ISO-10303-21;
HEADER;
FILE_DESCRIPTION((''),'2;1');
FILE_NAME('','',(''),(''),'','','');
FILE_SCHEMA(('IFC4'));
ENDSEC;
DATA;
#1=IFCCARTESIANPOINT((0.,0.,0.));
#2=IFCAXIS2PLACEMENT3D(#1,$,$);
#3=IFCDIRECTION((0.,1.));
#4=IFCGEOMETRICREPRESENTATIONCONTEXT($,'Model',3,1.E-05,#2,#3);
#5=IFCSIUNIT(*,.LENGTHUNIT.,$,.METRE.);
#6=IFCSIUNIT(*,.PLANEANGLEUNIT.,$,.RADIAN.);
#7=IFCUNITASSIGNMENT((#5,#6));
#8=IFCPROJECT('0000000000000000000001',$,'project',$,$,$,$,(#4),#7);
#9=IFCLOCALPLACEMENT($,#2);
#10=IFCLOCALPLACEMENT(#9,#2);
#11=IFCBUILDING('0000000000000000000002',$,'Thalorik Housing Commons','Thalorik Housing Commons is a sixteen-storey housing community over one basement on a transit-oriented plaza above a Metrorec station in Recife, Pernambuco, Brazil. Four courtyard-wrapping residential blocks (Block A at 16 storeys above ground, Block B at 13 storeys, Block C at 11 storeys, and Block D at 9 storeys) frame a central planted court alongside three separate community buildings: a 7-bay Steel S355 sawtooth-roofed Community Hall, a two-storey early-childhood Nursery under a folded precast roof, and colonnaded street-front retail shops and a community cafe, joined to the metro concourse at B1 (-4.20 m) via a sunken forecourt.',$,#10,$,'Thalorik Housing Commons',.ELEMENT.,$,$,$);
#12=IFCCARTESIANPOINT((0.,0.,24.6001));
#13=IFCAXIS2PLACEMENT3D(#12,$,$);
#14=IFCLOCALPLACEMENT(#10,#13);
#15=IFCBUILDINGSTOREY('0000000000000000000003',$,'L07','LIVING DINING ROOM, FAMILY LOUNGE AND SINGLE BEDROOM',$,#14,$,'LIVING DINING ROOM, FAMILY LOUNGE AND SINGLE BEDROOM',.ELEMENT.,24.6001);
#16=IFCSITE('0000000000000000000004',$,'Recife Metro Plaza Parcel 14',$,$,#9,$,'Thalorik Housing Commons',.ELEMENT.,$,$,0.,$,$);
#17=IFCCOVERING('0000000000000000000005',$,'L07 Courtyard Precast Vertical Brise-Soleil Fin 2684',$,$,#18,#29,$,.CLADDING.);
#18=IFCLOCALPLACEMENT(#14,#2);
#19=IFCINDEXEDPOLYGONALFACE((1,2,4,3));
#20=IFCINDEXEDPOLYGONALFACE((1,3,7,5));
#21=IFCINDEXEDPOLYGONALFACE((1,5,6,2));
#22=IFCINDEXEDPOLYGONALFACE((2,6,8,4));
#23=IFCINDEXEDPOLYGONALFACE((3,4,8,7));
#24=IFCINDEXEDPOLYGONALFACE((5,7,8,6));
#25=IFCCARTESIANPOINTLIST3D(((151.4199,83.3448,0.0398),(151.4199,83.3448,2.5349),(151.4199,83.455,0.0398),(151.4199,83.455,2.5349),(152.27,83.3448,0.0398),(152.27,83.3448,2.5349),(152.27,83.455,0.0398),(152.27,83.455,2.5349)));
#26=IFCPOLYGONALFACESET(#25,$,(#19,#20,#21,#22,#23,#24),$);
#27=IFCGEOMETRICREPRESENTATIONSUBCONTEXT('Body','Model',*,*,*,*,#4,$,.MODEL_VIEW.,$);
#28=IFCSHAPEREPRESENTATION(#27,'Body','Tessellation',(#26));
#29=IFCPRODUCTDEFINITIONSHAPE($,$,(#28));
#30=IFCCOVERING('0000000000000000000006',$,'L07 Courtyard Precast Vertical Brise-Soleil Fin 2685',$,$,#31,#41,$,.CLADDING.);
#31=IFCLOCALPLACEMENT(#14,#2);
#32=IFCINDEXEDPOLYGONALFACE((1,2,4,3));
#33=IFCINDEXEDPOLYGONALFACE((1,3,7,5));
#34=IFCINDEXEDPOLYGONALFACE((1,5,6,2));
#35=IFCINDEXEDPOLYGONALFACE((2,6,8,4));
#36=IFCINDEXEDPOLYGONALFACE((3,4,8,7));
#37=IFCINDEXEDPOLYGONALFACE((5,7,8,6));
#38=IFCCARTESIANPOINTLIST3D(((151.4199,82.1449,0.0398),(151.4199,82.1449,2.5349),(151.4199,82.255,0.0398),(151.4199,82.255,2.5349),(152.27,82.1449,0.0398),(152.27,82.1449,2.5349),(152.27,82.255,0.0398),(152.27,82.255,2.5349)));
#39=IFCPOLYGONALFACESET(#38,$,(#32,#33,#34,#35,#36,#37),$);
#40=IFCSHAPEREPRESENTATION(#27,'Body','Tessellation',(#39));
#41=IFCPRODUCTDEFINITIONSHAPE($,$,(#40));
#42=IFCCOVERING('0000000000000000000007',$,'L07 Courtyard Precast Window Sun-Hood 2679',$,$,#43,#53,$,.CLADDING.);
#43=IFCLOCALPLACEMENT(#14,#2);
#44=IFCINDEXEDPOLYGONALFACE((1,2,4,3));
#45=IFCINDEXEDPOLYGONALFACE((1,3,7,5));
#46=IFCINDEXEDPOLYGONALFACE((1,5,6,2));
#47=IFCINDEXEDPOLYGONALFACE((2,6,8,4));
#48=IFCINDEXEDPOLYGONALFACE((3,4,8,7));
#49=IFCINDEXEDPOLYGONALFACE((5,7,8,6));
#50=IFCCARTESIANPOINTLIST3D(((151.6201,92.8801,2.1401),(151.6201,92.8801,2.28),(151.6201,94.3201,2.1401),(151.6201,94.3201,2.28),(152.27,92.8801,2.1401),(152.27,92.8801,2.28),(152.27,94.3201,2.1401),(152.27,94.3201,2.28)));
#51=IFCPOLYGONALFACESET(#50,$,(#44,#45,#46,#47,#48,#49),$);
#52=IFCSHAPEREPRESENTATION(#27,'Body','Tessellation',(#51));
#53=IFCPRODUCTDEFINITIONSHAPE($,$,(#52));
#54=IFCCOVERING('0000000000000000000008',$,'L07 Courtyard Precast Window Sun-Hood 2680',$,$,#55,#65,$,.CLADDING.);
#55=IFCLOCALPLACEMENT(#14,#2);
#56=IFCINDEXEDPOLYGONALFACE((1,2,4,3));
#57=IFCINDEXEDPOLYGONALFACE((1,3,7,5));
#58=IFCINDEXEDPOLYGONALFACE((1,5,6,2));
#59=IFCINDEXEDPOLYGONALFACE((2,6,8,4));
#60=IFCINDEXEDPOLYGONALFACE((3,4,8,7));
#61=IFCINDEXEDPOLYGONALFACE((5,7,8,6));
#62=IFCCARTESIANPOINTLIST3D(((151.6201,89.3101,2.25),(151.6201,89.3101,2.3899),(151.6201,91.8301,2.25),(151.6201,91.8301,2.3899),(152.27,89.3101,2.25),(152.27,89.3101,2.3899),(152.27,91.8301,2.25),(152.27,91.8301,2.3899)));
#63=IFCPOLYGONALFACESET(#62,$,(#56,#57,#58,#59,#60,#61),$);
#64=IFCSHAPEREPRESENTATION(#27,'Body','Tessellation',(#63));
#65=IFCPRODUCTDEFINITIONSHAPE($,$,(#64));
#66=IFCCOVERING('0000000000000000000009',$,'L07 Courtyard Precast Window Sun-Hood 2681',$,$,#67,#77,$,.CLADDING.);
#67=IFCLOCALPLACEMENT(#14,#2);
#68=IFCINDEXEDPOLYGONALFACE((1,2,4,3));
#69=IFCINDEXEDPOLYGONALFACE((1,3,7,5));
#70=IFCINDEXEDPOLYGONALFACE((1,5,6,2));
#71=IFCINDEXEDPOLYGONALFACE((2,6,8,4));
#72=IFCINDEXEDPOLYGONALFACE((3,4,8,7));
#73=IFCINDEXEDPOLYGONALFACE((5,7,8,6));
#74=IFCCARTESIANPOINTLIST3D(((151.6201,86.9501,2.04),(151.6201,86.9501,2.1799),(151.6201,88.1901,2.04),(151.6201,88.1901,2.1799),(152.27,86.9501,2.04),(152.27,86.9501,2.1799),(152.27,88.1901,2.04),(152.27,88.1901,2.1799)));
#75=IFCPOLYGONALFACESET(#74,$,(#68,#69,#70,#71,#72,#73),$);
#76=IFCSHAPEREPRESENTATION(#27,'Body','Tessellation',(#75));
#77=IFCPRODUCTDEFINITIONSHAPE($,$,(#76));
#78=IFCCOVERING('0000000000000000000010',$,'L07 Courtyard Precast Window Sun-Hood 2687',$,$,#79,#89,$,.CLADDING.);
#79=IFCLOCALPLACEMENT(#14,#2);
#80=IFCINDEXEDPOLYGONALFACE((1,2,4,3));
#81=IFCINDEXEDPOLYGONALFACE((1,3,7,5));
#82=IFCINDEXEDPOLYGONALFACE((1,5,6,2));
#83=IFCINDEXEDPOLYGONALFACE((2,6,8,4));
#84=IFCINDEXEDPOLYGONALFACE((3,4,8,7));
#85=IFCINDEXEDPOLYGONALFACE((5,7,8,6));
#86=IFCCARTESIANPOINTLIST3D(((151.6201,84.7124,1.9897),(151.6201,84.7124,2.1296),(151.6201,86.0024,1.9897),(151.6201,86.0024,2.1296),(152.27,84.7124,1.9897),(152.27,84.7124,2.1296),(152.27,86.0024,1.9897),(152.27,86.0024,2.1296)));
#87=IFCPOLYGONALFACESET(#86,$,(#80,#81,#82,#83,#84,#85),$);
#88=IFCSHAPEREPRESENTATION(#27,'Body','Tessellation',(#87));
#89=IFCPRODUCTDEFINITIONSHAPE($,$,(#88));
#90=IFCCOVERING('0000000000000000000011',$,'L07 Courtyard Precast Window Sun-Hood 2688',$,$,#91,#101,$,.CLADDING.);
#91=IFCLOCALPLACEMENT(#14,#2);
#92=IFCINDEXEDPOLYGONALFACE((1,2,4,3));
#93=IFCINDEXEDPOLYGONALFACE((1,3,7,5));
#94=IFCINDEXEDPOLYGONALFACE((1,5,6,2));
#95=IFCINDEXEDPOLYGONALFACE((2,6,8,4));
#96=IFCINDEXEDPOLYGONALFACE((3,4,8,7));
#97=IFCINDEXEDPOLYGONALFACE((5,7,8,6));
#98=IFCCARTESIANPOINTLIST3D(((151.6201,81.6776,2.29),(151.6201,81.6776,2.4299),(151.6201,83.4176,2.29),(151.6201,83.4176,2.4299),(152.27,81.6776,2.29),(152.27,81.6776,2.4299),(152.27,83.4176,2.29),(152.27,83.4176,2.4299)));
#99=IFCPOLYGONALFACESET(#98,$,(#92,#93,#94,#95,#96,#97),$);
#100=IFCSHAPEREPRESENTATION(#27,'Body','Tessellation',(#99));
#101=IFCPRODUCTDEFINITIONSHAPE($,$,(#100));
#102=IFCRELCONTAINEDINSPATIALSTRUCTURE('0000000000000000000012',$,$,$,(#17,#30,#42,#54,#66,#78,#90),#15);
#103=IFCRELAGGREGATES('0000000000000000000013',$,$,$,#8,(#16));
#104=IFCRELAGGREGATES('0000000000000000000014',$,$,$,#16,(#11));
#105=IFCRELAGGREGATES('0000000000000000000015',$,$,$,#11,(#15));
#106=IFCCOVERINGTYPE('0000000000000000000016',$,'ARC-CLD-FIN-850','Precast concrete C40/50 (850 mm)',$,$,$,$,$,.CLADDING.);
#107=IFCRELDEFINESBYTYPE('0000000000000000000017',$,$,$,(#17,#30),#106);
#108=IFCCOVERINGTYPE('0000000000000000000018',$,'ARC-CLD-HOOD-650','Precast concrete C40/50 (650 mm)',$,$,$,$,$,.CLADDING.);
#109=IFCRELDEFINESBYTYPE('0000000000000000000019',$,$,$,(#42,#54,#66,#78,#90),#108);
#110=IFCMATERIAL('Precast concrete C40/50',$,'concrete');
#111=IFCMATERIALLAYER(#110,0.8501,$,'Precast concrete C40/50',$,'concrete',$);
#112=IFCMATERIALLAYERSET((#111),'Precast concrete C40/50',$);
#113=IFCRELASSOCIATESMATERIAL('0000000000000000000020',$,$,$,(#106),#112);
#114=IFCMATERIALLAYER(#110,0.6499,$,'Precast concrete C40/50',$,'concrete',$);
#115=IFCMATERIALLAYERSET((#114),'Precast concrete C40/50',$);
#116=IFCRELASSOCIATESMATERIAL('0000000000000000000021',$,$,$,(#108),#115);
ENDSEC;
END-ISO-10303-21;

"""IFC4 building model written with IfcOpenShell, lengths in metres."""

from ifc_helpers import new_model, si_unit, direction, frame, origin, origin_2d, place, context, subcontext, project, spatial, rectangle, extrude, material, layer, layer_set, type_object, element, save


model = new_model("IFC4")

# Units and contexts
model_context = context("Model", 3, precision=1e-05, world=origin(), true_north=direction((0.0, 1.0)))
body_context = subcontext(model_context, "Body", "Model", "MODEL_VIEW")
ifc_project = project(units=[si_unit("LENGTHUNIT", "METRE"), si_unit("PLANEANGLEUNIT", "RADIAN")], contexts=[model_context])

# Site, building, storey
site_placement = place(None, origin())
site = spatial("IfcSite", under=ifc_project, at=site_placement, Name="Recife Metro Plaza Parcel 14", LongName="Thalorik Housing Commons", CompositionType="ELEMENT", RefElevation=0.0)
building_placement = place(site_placement, origin())
building = spatial("IfcBuilding", under=site, at=building_placement, Name="Thalorik Housing Commons", Description="Thalorik Housing Commons is a sixteen-storey housing community over one basement on a transit-oriented plaza above a Metrorec station in Recife, Pernambuco, Brazil. Four courtyard-wrapping residential blocks (Block A at 16 storeys above ground, Block B at 13 storeys, Block C at 11 storeys, and Block D at 9 storeys) frame a central planted court alongside three separate community buildings: a 7-bay Steel S355 sawtooth-roofed Community Hall, a two-storey early-childhood Nursery under a folded precast roof, and colonnaded street-front retail shops and a community cafe, joined to the metro concourse at B1 (-4.20 m) via a sunken forecourt.", LongName="Thalorik Housing Commons", CompositionType="ELEMENT")
storey_placement = place(building_placement, frame((0.0, 0.0, 24.6001)))
storey = spatial("IfcBuildingStorey", under=building, at=storey_placement, Name="L07", Description="LIVING DINING ROOM, FAMILY LOUNGE AND SINGLE BEDROOM", LongName="LIVING DINING ROOM, FAMILY LOUNGE AND SINGLE BEDROOM", CompositionType="ELEMENT", Elevation=24.6001)

# Shared definitions
ifc_material_1 = material(Name="Precast concrete C40/50", Category="concrete")

# Coverings
ifc_layer_1 = layer(ifc_material_1, 0.8501, Name="Precast concrete C40/50", Category="concrete")
ifc_layer_set_1 = layer_set([ifc_layer_1], Name="Precast concrete C40/50")
covering_type_1 = type_object("IfcCoveringType", Name="ARC-CLD-FIN-850", Description="Precast concrete C40/50 (850 mm)", PredefinedType="CLADDING", material=ifc_layer_set_1)
for number, where, z_axis, x_axis, name in (
    (1, (151.845, 83.3999, 0.0398), (0.0, 0.0, 1.0), (0.0, -1.0, 0.0), "L07 Courtyard Precast Vertical Brise-Soleil Fin 2684"),
    (2, (151.845, 82.2, 0.0398), (0.0, 0.0, 1.0), (0.0, -1.0, 0.0), "L07 Courtyard Precast Vertical Brise-Soleil Fin 2685"),
):
    element("IfcCovering", number, at=place(storey_placement, frame(where, z_axis=z_axis, x_axis=x_axis)), inside=storey, type_object=covering_type_1, Name=name, PredefinedType="CLADDING", context=body_context, shape_type="SweptSolid", body=[
        extrude(rectangle(XDim=0.1101, YDim=0.8501, at=origin_2d()), origin(), (0.0, 0.0, 1.0), 2.4951),
    ])
ifc_layer_2 = layer(ifc_material_1, 0.6499, Name="Precast concrete C40/50", Category="concrete")
ifc_layer_set_2 = layer_set([ifc_layer_2], Name="Precast concrete C40/50")
covering_type_2 = type_object("IfcCoveringType", Name="ARC-CLD-HOOD-650", Description="Precast concrete C40/50 (650 mm)", PredefinedType="CLADDING", material=ifc_layer_set_2)
covering_1_placement = place(storey_placement, frame((151.9451, 93.6001, 2.1401), z_axis=(0.0, 0.0, 1.0), x_axis=(0.0, -1.0, 0.0)))
element("IfcCovering", 3, at=covering_1_placement, inside=storey, type_object=covering_type_2, Name="L07 Courtyard Precast Window Sun-Hood 2679", PredefinedType="CLADDING", context=body_context, shape_type="SweptSolid", body=[
    extrude(rectangle(XDim=1.4399, YDim=0.6499, at=origin_2d()), origin(), (0.0, 0.0, 1.0), 0.1399),
])
covering_2_placement = place(storey_placement, frame((151.9451, 90.5701, 2.25), z_axis=(0.0, 0.0, 1.0), x_axis=(0.0, -1.0, 0.0)))
element("IfcCovering", 4, at=covering_2_placement, inside=storey, type_object=covering_type_2, Name="L07 Courtyard Precast Window Sun-Hood 2680", PredefinedType="CLADDING", context=body_context, shape_type="SweptSolid", body=[
    extrude(rectangle(XDim=2.52, YDim=0.6499, at=origin_2d()), origin(), (0.0, 0.0, 1.0), 0.1399),
])
covering_3_placement = place(storey_placement, frame((151.9451, 87.5701, 2.04), z_axis=(0.0, 0.0, 1.0), x_axis=(0.0, -1.0, 0.0)))
element("IfcCovering", 5, at=covering_3_placement, inside=storey, type_object=covering_type_2, Name="L07 Courtyard Precast Window Sun-Hood 2681", PredefinedType="CLADDING", context=body_context, shape_type="SweptSolid", body=[
    extrude(rectangle(XDim=1.24, YDim=0.6499, at=origin_2d()), origin(), (0.0, 0.0, 1.0), 0.1399),
])
covering_4_placement = place(storey_placement, frame((151.9451, 85.3574, 1.9897), z_axis=(0.0, 0.0, 1.0), x_axis=(0.0, -1.0, 0.0)))
element("IfcCovering", 6, at=covering_4_placement, inside=storey, type_object=covering_type_2, Name="L07 Courtyard Precast Window Sun-Hood 2687", PredefinedType="CLADDING", context=body_context, shape_type="SweptSolid", body=[
    extrude(rectangle(XDim=1.29, YDim=0.6499, at=origin_2d()), origin(), (0.0, 0.0, 1.0), 0.1399),
])
covering_5_placement = place(storey_placement, frame((151.9451, 82.5476, 2.29), z_axis=(0.0, 0.0, 1.0), x_axis=(0.0, -1.0, 0.0)))
element("IfcCovering", 7, at=covering_5_placement, inside=storey, type_object=covering_type_2, Name="L07 Courtyard Precast Window Sun-Hood 2688", PredefinedType="CLADDING", context=body_context, shape_type="SweptSolid", body=[
    extrude(rectangle(XDim=1.74, YDim=0.6499, at=origin_2d()), origin(), (0.0, 0.0, 1.0), 0.1399),
])

save(model, "model.ifc")
